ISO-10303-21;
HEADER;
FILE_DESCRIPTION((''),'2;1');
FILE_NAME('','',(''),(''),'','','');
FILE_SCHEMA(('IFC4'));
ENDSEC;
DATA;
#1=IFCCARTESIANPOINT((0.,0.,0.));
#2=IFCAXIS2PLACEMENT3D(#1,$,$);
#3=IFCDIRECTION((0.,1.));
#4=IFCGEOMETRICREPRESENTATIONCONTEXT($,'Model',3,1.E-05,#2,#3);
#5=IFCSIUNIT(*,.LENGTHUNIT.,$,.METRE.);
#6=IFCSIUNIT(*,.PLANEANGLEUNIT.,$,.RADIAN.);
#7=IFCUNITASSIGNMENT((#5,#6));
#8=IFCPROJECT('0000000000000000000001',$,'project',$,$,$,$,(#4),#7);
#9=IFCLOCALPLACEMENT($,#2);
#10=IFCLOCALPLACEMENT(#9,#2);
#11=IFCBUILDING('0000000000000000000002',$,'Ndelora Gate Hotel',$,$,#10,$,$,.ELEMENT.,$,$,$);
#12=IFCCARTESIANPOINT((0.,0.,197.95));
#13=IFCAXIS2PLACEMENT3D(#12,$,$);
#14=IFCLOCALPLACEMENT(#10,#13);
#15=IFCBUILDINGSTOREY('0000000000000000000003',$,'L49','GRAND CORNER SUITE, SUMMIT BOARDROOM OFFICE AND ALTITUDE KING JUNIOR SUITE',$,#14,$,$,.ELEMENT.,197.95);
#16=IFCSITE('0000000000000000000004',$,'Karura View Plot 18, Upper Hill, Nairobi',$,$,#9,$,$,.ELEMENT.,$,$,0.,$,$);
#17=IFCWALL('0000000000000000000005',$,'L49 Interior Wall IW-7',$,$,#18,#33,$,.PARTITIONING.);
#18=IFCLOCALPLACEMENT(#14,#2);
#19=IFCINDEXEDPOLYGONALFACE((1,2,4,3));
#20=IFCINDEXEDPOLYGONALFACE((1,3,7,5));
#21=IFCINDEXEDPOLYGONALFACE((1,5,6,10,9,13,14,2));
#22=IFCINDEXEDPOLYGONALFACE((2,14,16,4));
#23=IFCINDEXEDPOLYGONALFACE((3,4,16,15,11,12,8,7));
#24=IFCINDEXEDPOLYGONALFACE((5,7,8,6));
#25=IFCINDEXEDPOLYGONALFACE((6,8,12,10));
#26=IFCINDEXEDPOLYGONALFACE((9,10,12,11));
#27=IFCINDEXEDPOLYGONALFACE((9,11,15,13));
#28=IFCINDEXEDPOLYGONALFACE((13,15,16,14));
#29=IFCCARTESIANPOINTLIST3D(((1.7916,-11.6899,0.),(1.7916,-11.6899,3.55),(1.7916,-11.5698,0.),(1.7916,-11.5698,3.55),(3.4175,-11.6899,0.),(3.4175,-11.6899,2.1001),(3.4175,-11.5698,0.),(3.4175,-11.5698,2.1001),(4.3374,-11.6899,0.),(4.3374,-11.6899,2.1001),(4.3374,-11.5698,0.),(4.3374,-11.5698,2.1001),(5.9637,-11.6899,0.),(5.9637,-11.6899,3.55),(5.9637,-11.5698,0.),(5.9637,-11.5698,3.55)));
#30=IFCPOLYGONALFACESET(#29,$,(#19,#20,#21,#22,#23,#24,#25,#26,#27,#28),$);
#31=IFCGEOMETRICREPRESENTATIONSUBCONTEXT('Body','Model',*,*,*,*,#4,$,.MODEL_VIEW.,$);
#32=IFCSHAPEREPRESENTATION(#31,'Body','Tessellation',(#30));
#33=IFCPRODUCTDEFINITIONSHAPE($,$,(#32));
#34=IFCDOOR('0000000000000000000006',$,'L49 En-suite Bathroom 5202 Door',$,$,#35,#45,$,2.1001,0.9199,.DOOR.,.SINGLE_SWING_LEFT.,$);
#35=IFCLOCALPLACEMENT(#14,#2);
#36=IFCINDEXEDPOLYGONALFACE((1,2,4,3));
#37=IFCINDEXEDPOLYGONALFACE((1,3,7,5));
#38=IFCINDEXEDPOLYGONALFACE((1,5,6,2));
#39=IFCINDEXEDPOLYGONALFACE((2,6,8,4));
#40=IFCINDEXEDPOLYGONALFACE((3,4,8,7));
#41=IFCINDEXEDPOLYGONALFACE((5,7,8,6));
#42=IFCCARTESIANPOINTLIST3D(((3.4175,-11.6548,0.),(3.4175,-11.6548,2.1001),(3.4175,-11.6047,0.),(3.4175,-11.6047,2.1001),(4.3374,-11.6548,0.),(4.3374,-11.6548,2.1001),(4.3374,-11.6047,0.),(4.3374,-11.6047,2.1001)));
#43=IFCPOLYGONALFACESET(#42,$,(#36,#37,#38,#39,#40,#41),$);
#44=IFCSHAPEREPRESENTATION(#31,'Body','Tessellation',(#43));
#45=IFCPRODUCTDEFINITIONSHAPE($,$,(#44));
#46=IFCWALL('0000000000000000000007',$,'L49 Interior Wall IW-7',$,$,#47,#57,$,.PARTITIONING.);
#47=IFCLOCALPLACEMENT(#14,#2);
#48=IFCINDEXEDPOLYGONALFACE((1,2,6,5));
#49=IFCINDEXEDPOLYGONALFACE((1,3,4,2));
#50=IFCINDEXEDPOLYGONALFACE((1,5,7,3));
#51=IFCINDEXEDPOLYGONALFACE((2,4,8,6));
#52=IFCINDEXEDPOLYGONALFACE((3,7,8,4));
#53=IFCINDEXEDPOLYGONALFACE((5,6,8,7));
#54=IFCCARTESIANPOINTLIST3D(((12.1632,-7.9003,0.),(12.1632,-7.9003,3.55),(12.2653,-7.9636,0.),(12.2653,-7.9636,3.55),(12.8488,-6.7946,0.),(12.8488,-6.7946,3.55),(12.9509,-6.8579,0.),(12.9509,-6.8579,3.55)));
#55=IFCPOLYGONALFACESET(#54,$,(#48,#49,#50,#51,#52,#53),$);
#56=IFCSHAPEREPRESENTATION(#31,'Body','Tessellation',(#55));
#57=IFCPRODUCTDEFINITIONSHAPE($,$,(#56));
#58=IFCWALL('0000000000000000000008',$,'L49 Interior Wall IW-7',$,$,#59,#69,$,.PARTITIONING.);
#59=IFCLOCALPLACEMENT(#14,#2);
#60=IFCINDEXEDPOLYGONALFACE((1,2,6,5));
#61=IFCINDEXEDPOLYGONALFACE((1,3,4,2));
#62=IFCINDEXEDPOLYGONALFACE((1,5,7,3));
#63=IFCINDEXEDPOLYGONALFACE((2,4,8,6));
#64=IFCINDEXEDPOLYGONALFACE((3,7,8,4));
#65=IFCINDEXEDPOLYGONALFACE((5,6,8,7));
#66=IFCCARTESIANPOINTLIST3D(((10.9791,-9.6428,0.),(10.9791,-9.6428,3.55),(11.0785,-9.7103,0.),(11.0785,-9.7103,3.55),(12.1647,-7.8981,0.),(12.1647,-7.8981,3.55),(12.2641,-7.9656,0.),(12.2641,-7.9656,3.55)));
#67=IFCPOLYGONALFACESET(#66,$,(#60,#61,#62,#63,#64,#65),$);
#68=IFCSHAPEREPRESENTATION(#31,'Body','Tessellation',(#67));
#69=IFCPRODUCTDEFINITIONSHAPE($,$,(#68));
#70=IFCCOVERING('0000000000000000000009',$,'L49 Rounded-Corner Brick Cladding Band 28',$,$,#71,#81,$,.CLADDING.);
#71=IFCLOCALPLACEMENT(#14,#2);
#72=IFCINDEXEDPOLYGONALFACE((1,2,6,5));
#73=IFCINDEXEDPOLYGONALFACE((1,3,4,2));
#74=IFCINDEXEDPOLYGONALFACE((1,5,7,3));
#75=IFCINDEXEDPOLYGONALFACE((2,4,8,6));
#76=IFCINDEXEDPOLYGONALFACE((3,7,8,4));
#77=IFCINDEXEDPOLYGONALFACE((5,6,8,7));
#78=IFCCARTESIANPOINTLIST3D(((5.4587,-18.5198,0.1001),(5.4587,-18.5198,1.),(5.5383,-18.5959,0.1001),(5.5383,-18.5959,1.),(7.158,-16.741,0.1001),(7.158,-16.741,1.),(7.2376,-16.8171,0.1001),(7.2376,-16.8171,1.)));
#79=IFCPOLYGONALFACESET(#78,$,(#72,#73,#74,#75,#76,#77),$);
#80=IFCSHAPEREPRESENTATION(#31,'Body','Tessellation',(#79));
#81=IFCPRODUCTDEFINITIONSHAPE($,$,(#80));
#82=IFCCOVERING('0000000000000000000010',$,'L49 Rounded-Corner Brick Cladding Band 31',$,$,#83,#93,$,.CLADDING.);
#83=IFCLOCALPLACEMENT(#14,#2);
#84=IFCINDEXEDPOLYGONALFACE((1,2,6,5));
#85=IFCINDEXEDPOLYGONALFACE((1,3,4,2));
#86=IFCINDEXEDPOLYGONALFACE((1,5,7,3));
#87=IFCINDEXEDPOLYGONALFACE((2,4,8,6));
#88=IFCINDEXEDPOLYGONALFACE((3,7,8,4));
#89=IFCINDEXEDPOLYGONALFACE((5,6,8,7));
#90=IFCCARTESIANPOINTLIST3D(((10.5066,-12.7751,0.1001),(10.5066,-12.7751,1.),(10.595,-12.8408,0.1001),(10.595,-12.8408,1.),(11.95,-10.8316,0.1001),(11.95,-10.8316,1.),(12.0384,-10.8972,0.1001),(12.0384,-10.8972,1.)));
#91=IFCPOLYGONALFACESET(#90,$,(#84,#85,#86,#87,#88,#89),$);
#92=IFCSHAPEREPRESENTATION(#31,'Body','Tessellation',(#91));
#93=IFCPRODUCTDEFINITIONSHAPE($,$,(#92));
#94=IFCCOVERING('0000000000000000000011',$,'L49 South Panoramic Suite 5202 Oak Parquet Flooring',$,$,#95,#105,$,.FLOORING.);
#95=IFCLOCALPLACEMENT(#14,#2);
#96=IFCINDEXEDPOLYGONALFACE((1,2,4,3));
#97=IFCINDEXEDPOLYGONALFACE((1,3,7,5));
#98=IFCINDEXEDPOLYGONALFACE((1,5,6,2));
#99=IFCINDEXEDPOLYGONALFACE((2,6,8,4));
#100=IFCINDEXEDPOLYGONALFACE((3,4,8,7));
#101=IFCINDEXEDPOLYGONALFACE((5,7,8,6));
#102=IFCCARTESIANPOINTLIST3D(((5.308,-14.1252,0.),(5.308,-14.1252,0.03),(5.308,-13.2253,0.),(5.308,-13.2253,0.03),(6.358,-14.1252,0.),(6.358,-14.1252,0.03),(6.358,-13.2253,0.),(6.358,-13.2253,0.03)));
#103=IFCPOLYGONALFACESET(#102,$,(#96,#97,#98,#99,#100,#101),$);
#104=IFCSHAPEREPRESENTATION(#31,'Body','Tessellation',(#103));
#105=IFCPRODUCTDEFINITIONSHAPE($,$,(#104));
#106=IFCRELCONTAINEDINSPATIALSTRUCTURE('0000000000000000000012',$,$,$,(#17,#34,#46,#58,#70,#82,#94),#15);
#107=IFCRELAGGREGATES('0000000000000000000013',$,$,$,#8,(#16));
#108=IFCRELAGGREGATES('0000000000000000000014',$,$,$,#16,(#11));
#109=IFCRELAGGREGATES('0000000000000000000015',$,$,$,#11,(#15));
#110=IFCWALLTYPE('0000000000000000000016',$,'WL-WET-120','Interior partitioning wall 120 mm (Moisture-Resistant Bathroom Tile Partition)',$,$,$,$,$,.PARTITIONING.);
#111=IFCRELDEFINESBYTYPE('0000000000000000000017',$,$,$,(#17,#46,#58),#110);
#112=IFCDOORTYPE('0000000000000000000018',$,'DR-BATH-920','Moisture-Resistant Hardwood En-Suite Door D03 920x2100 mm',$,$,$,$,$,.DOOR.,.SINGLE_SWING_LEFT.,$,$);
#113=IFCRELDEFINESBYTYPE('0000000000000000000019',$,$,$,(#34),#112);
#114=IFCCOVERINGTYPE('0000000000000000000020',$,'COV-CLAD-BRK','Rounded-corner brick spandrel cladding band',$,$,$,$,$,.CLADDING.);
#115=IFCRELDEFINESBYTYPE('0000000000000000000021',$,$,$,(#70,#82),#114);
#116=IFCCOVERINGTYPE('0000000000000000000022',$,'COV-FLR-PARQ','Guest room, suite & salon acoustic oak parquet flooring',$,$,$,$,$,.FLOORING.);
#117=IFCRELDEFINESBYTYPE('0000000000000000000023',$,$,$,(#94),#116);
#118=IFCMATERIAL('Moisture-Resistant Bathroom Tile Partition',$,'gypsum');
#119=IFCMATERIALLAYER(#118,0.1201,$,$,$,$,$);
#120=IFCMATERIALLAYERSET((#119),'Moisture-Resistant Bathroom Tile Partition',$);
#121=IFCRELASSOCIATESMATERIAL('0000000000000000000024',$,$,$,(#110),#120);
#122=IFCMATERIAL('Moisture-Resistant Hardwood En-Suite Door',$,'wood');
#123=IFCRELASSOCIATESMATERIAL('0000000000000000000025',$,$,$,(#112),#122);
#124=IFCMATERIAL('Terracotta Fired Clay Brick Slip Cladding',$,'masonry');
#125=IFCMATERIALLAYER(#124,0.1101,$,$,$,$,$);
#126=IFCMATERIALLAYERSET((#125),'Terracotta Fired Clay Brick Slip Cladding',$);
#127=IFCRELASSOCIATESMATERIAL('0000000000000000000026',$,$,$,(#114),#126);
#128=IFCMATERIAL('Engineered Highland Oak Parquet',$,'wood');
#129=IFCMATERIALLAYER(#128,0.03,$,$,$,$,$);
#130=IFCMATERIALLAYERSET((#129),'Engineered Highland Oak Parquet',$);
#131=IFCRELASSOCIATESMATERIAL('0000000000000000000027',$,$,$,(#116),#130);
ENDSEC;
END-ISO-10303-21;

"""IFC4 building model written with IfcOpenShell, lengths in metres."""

from ifc_helpers import new_model, si_unit, direction, frame, frame_2d, origin, origin_2d, place, context, subcontext, project, spatial, rectangle, extrude, material, layer, layer_set, type_object, element, fill, save


model = new_model("IFC4")

# Units and contexts
model_context = context("Model", 3, precision=1e-05, world=origin(), true_north=direction((0.0, 1.0)))
body_context = subcontext(model_context, "Body", "Model", "MODEL_VIEW")
ifc_project = project(units=[si_unit("LENGTHUNIT", "METRE"), si_unit("PLANEANGLEUNIT", "RADIAN")], contexts=[model_context])

# Site, building, storey
site_placement = place(None, origin())
site = spatial("IfcSite", under=ifc_project, at=site_placement, Name="Karura View Plot 18, Upper Hill, Nairobi", CompositionType="ELEMENT", RefElevation=0.0)
building_placement = place(site_placement, origin())
building = spatial("IfcBuilding", under=site, at=building_placement, Name="Ndelora Gate Hotel", CompositionType="ELEMENT")
storey_placement = place(building_placement, frame((0.0, 0.0, 197.95)))
storey = spatial("IfcBuildingStorey", under=building, at=storey_placement, Name="L49", Description="GRAND CORNER SUITE, SUMMIT BOARDROOM OFFICE AND ALTITUDE KING JUNIOR SUITE", CompositionType="ELEMENT", Elevation=197.95)

# Shared definitions
ifc_material_1 = material(Name="Moisture-Resistant Bathroom Tile Partition", Category="gypsum")
ifc_layer_1 = layer(ifc_material_1, 0.1201)
ifc_layer_set_1 = layer_set([ifc_layer_1], Name="Moisture-Resistant Bathroom Tile Partition")
wall_type_1 = type_object("IfcWallType", Name="WL-WET-120", Description="Interior partitioning wall 120 mm (Moisture-Resistant Bathroom Tile Partition)", PredefinedType="PARTITIONING", material=ifc_layer_set_1)

# Wall, opening, door
wall_1_placement = place(storey_placement, frame((5.9636, -11.6299, 0.0), z_axis=(0.0, 0.0, 1.0), x_axis=(-1.0, 0.0, 0.0)))
wall_1 = element("IfcWall", 1, at=wall_1_placement, inside=storey, type_object=wall_type_1, Name="L49 Interior Wall IW-7", PredefinedType="PARTITIONING", context=body_context, shape_type="SweptSolid", body=[
    extrude(rectangle(XDim=4.1721, YDim=0.1201, at=frame_2d((2.0859, 0.0))), origin(), (0.0, 0.0, 1.0), 3.55),
])
opening_1_placement = place(wall_1_placement, frame((1.6262, 0.0, 0.0)))
opening_1 = element("IfcOpeningElement", 2, at=opening_1_placement, cuts=wall_1, PredefinedType="OPENING", context=body_context, shape_type="SweptSolid", body=[
    extrude(rectangle(XDim=0.9199, YDim=2.1001, at=frame_2d((0.46, 1.05))), frame((0.0, 0.0701, 0.0), z_axis=(0.0, -1.0, 0.0), x_axis=(1.0, 0.0, 0.0)), (0.0, 0.0, 1.0), 0.1401),
])
ifc_material_2 = material(Name="Moisture-Resistant Hardwood En-Suite Door", Category="wood")
door_type_1 = type_object("IfcDoorType", Name="DR-BATH-920", Description="Moisture-Resistant Hardwood En-Suite Door D03 920x2100 mm", OperationType="SINGLE_SWING_LEFT", PredefinedType="DOOR", material=ifc_material_2)
door_1_placement = place(opening_1_placement, origin())
door_1 = element("IfcDoor", 3, at=door_1_placement, inside=storey, type_object=door_type_1, Name="L49 En-suite Bathroom 5202 Door", OperationType="SINGLE_SWING_LEFT", OverallHeight=2.1001, OverallWidth=0.9199, PredefinedType="DOOR", context=body_context, shape_type="SweptSolid", body=[
    extrude(rectangle(XDim=0.9199, YDim=2.1001, at=frame_2d((0.46, 1.05))), frame((0.0, 0.0249, 0.0), z_axis=(0.0, -1.0, 0.0), x_axis=(1.0, 0.0, 0.0)), (0.0, 0.0, 1.0), 0.05),
])
fill(opening_1, door_1)

# Walls
wall_2_placement = place(storey_placement, frame((12.2144, -7.9319, 0.0), z_axis=(0.0, 0.0, 1.0), x_axis=(0.526942, 0.849901, 0.0)))
element("IfcWall", 4, at=wall_2_placement, inside=storey, type_object=wall_type_1, Name="L49 Interior Wall IW-7", PredefinedType="PARTITIONING", context=body_context, shape_type="SweptSolid", body=[
    extrude(rectangle(XDim=1.301, YDim=0.1201, at=frame_2d((0.6504, 0.0))), origin(), (0.0, 0.0, 1.0), 3.55),
])
wall_3_placement = place(storey_placement, frame((11.0288, -9.6765, 0.0), z_axis=(0.0, 0.0, 1.0), x_axis=(0.56205, 0.827103, 0.0)))
element("IfcWall", 5, at=wall_3_placement, inside=storey, type_object=wall_type_1, Name="L49 Interior Wall IW-7", PredefinedType="PARTITIONING", context=body_context, shape_type="SweptSolid", body=[
    extrude(rectangle(XDim=2.1094, YDim=0.1201, at=frame_2d((1.0547, 0.0))), origin(), (0.0, 0.0, 1.0), 3.55),
])

# Coverings
ifc_material_3 = material(Name="Terracotta Fired Clay Brick Slip Cladding", Category="masonry")
ifc_layer_2 = layer(ifc_material_3, 0.1101)
ifc_layer_set_2 = layer_set([ifc_layer_2], Name="Terracotta Fired Clay Brick Slip Cladding")
covering_type_1 = type_object("IfcCoveringType", Name="COV-CLAD-BRK", Description="Rounded-corner brick spandrel cladding band", PredefinedType="CLADDING", material=ifc_layer_set_2)
covering_1_placement = place(storey_placement, frame((6.3481, -17.6685, 0.1001), z_axis=(0.0, 0.0, 1.0), x_axis=(0.690756, 0.723088, 0.0)))
element("IfcCovering", 6, at=covering_1_placement, inside=storey, type_object=covering_type_1, Name="L49 Rounded-Corner Brick Cladding Band 28", PredefinedType="CLADDING", context=body_context, shape_type="SweptSolid", body=[
    extrude(rectangle(XDim=2.46, YDim=0.1101, at=origin_2d()), origin(), (0.0, 0.0, 1.0), 0.8999),
])
covering_2_placement = place(storey_placement, frame((11.2725, -11.8362, 0.1001), z_axis=(0.0, 0.0, 1.0), x_axis=(0.596225, 0.802817, 0.0)))
element("IfcCovering", 7, at=covering_2_placement, inside=storey, type_object=covering_type_1, Name="L49 Rounded-Corner Brick Cladding Band 31", PredefinedType="CLADDING", context=body_context, shape_type="SweptSolid", body=[
    extrude(rectangle(XDim=2.4209, YDim=0.1101, at=origin_2d()), origin(), (0.0, 0.0, 1.0), 0.8999),
])
ifc_material_4 = material(Name="Engineered Highland Oak Parquet", Category="wood")
ifc_layer_3 = layer(ifc_material_4, 0.03)
ifc_layer_set_3 = layer_set([ifc_layer_3], Name="Engineered Highland Oak Parquet")
covering_type_2 = type_object("IfcCoveringType", Name="COV-FLR-PARQ", Description="Guest room, suite & salon acoustic oak parquet flooring", PredefinedType="FLOORING", material=ifc_layer_set_3)
covering_3_placement = place(storey_placement, frame((5.833, -13.6753, 0.0), z_axis=(0.0, 0.0, 1.0), x_axis=(1.0, 0.0, 0.0)))
element("IfcCovering", 8, at=covering_3_placement, inside=storey, type_object=covering_type_2, Name="L49 South Panoramic Suite 5202 Oak Parquet Flooring", PredefinedType="FLOORING", context=body_context, shape_type="SweptSolid", body=[
    extrude(rectangle(XDim=1.05, YDim=0.8999, at=origin_2d()), origin(), (0.0, 0.0, 1.0), 0.03),
])

save(model, "model.ifc")
